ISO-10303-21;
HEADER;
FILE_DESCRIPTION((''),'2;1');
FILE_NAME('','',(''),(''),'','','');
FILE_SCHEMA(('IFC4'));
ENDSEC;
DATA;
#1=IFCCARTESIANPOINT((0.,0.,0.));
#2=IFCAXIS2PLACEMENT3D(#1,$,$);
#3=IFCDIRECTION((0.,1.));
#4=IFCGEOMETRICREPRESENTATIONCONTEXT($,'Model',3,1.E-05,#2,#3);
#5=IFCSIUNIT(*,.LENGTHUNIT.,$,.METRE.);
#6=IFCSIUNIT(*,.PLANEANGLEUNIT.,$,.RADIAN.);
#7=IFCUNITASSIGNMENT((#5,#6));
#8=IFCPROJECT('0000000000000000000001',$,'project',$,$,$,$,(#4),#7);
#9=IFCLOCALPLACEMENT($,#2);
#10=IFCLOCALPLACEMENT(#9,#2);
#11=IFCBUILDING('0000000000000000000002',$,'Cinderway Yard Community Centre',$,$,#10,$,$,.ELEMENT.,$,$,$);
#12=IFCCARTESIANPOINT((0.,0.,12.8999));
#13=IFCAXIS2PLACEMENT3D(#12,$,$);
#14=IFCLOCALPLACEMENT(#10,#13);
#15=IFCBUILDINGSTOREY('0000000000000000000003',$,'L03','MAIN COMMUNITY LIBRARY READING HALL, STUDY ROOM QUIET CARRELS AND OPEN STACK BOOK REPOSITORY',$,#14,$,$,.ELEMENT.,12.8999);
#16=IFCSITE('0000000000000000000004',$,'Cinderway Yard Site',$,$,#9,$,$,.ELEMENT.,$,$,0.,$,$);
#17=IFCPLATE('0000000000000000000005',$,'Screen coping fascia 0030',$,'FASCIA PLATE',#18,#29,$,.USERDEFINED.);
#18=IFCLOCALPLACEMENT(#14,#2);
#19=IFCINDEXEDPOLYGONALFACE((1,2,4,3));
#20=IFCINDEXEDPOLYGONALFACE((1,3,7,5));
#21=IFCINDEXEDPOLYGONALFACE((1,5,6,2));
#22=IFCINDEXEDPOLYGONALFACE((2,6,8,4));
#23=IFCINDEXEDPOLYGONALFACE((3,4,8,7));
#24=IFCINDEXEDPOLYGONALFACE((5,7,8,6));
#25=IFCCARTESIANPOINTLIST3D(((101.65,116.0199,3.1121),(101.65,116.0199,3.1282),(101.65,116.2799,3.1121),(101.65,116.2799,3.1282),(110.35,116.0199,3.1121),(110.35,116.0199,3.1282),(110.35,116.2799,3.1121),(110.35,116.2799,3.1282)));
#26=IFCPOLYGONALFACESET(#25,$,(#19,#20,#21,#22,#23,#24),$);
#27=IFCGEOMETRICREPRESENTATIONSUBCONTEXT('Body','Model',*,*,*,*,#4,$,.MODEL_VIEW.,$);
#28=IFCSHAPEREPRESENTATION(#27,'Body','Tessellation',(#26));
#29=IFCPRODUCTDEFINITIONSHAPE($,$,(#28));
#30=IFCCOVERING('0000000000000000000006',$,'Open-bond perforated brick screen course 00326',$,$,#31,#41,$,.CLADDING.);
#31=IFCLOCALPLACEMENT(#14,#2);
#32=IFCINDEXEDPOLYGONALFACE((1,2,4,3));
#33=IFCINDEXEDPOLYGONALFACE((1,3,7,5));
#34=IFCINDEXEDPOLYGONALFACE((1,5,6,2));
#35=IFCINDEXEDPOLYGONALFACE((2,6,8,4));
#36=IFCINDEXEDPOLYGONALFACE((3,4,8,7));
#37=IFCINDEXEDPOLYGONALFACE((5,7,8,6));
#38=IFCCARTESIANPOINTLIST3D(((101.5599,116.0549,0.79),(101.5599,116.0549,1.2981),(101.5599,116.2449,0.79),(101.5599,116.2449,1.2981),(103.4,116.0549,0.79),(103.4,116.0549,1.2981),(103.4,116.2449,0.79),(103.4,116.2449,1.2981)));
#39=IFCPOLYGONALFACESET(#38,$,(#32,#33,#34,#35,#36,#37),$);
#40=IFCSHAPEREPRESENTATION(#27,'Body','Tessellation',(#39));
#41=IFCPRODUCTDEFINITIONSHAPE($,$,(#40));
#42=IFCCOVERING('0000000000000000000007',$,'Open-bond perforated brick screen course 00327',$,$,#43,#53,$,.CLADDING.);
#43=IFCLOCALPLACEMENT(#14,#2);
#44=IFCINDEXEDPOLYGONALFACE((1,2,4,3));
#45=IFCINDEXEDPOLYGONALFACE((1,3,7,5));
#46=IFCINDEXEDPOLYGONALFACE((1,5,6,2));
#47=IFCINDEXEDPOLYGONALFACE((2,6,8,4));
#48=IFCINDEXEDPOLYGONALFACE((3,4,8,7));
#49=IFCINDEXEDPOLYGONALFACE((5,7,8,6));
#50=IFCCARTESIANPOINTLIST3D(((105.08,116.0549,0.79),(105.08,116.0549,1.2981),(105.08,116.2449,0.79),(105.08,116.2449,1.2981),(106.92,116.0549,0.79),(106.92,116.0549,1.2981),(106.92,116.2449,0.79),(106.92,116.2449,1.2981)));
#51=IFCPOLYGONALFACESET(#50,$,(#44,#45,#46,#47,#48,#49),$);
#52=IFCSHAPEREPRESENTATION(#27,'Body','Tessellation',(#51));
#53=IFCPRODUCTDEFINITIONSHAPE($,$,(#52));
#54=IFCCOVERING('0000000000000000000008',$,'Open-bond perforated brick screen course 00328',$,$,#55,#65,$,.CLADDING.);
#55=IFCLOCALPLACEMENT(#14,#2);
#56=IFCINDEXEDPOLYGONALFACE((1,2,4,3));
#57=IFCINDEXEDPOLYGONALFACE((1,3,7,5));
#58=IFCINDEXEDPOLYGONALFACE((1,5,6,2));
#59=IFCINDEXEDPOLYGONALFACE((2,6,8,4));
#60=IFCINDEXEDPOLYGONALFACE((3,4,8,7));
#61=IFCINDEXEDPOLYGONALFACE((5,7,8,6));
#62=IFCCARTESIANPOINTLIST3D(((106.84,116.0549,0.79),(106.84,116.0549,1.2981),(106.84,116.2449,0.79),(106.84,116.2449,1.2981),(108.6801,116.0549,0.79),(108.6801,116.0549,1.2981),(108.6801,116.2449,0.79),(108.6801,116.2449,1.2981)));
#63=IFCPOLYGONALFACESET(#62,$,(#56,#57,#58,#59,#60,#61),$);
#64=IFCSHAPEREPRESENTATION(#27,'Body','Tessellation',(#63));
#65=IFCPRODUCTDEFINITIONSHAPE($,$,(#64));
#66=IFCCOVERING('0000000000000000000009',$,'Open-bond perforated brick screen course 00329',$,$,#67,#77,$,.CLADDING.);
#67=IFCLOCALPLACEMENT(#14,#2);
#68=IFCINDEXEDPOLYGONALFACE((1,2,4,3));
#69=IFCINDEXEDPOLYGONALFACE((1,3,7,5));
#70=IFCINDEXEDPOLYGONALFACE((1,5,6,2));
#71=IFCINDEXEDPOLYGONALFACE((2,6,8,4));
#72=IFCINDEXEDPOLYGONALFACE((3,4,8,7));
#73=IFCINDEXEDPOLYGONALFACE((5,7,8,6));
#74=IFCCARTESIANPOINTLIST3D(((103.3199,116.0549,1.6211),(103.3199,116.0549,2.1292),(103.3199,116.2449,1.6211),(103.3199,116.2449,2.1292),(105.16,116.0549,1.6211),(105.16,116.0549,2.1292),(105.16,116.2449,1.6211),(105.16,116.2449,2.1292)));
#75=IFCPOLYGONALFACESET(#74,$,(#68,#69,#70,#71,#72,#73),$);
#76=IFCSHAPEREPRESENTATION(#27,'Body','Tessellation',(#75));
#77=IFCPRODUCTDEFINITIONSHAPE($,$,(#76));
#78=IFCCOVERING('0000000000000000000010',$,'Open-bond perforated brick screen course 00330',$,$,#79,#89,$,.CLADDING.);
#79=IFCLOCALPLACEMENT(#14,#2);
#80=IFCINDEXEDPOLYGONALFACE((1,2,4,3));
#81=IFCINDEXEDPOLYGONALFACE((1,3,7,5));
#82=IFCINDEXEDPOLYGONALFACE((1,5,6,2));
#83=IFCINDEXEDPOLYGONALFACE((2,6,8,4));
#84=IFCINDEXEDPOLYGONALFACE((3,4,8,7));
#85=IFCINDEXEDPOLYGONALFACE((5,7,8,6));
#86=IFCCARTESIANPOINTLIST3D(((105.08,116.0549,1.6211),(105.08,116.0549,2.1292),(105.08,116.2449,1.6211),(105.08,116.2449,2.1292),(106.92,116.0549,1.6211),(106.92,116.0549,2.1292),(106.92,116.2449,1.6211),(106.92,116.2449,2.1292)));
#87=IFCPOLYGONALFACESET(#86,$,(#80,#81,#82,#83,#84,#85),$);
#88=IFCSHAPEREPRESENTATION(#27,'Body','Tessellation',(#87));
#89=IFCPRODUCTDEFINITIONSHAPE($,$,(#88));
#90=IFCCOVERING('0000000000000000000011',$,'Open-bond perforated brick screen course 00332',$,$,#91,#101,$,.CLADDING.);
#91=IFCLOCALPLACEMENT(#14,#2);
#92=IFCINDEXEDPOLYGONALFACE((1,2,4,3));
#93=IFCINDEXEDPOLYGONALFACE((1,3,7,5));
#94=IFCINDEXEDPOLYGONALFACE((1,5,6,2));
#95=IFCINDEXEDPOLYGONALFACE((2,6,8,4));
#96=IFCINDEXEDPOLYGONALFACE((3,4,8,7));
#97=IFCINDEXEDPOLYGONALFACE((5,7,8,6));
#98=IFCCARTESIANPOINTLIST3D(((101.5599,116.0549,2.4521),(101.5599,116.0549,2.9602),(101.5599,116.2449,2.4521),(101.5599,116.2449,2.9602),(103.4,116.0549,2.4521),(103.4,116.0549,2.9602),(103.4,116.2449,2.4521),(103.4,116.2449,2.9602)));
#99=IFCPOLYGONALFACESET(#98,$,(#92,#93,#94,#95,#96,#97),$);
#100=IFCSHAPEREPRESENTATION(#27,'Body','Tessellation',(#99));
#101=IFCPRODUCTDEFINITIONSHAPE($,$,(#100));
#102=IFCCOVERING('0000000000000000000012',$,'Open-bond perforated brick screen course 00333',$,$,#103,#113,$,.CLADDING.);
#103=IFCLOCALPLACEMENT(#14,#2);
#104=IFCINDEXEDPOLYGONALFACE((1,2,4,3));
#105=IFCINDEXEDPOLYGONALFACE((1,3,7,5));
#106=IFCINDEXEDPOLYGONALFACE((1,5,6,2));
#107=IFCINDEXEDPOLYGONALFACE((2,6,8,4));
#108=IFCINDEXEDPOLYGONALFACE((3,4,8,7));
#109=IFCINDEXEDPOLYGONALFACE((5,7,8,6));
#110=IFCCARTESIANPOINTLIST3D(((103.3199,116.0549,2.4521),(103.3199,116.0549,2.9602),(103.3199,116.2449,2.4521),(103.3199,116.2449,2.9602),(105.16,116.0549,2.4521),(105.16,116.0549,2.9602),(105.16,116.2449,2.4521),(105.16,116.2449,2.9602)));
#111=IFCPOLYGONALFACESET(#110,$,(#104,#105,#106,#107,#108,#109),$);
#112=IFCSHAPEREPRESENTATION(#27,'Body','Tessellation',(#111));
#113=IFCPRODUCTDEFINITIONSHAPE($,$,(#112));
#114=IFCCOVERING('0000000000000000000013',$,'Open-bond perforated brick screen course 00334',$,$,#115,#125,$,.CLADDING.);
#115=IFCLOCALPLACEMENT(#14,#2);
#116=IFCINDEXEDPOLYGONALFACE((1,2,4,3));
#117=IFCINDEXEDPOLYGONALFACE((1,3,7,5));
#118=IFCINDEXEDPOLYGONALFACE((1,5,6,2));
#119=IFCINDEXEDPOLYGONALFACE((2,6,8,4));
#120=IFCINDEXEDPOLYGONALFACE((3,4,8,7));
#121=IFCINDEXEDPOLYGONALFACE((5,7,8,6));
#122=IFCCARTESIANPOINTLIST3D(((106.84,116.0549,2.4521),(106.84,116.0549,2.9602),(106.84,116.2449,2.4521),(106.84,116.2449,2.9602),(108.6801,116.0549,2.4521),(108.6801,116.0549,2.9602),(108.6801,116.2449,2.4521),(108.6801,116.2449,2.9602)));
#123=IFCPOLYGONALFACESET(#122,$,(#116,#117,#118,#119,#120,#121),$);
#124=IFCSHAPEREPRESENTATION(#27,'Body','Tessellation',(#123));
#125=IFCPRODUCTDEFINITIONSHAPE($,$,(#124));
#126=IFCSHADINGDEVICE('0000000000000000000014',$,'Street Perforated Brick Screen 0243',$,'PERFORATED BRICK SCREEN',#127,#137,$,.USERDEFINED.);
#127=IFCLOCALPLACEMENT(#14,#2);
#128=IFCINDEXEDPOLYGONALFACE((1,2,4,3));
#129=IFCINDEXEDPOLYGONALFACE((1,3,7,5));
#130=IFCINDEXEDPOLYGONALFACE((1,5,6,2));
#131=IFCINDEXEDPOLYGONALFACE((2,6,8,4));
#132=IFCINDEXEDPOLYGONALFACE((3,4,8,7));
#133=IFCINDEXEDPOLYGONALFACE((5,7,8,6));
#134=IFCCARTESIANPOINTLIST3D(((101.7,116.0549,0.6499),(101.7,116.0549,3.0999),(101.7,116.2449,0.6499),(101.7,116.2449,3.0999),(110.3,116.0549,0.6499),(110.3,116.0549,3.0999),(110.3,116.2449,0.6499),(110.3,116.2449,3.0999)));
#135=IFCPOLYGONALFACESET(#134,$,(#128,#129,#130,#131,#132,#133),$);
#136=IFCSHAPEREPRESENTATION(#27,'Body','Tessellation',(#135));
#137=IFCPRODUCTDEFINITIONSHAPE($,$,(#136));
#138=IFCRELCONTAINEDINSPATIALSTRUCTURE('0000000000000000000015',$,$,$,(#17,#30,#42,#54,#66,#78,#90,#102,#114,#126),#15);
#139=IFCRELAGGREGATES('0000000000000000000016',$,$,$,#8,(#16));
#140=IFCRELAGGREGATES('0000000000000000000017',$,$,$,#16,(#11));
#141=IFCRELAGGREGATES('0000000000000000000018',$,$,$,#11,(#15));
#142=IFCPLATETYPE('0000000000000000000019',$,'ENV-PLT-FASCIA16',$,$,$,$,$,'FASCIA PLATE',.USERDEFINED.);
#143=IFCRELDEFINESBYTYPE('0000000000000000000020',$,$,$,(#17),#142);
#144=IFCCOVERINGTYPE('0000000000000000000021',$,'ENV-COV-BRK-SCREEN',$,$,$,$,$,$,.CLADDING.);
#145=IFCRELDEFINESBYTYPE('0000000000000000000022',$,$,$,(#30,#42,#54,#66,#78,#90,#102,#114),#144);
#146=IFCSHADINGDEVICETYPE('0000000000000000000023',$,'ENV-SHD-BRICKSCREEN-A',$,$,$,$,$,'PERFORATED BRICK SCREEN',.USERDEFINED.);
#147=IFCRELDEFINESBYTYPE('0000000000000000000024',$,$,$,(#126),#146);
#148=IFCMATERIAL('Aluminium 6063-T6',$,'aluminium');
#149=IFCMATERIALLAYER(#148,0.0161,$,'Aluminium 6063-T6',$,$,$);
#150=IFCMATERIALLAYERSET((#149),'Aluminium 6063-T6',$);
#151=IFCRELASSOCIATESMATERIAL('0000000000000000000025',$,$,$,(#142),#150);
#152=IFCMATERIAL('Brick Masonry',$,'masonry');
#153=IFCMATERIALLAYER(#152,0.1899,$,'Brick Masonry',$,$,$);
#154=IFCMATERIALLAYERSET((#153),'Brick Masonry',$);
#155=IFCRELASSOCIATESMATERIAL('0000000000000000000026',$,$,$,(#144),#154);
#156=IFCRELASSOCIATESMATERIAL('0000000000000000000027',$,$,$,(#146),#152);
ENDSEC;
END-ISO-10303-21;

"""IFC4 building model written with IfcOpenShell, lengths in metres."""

from ifc_helpers import new_model, si_unit, direction, frame, origin, origin_2d, place, context, subcontext, project, spatial, rectangle, extrude, material, layer, layer_set, type_object, element, save


model = new_model("IFC4")

# Units and contexts
model_context = context("Model", 3, precision=1e-05, world=origin(), true_north=direction((0.0, 1.0)))
body_context = subcontext(model_context, "Body", "Model", "MODEL_VIEW")
ifc_project = project(units=[si_unit("LENGTHUNIT", "METRE"), si_unit("PLANEANGLEUNIT", "RADIAN")], contexts=[model_context])

# Site, building, storey
site_placement = place(None, origin())
site = spatial("IfcSite", under=ifc_project, at=site_placement, Name="Cinderway Yard Site", CompositionType="ELEMENT", RefElevation=0.0)
building_placement = place(site_placement, origin())
building = spatial("IfcBuilding", under=site, at=building_placement, Name="Cinderway Yard Community Centre", CompositionType="ELEMENT")
storey_placement = place(building_placement, frame((0.0, 0.0, 12.8999)))
storey = spatial("IfcBuildingStorey", under=building, at=storey_placement, Name="L03", Description="MAIN COMMUNITY LIBRARY READING HALL, STUDY ROOM QUIET CARRELS AND OPEN STACK BOOK REPOSITORY", CompositionType="ELEMENT", Elevation=12.8999)

# Shared definitions
ifc_material_1 = material(Name="Aluminium 6063-T6", Category="aluminium")

# Plate
ifc_layer_1 = layer(ifc_material_1, 0.0161, Name="Aluminium 6063-T6")
ifc_layer_set_1 = layer_set([ifc_layer_1], Name="Aluminium 6063-T6")
plate_type = type_object("IfcPlateType", Name="ENV-PLT-FASCIA16", ElementType="FASCIA PLATE", PredefinedType="USERDEFINED", material=ifc_layer_set_1)
plate_placement = place(storey_placement, frame((106.0, 116.1499, 3.1121), z_axis=(0.0, 0.0, 1.0), x_axis=(1.0, 0.0, 0.0)))
element("IfcPlate", 1, at=plate_placement, inside=storey, type_object=plate_type, Name="Screen coping fascia 0030", ObjectType="FASCIA PLATE", PredefinedType="USERDEFINED", context=body_context, shape_type="SweptSolid", body=[
    extrude(rectangle(XDim=8.7, YDim=0.26, at=origin_2d()), origin(), (0.0, 0.0, 1.0), 0.0161),
])

# Coverings
ifc_material_2 = material(Name="Brick Masonry", Category="masonry")
ifc_layer_2 = layer(ifc_material_2, 0.1899, Name="Brick Masonry")
ifc_layer_set_2 = layer_set([ifc_layer_2], Name="Brick Masonry")
covering_type = type_object("IfcCoveringType", Name="ENV-COV-BRK-SCREEN", PredefinedType="CLADDING", material=ifc_layer_set_2)
for number, where, z_axis, x_axis, name in (
    (2, (102.48, 116.1499, 0.79), (0.0, 0.0, 1.0), (1.0, 0.0, 0.0), "Open-bond perforated brick screen course 00326"),
    (3, (106.0, 116.1499, 0.79), (0.0, 0.0, 1.0), (1.0, 0.0, 0.0), "Open-bond perforated brick screen course 00327"),
    (4, (107.76, 116.1499, 0.79), (0.0, 0.0, 1.0), (1.0, 0.0, 0.0), "Open-bond perforated brick screen course 00328"),
    (5, (104.24, 116.1499, 1.6211), (0.0, 0.0, 1.0), (1.0, 0.0, 0.0), "Open-bond perforated brick screen course 00329"),
    (6, (106.0, 116.1499, 1.6211), (0.0, 0.0, 1.0), (1.0, 0.0, 0.0), "Open-bond perforated brick screen course 00330"),
    (7, (102.48, 116.1499, 2.4521), (0.0, 0.0, 1.0), (1.0, 0.0, 0.0), "Open-bond perforated brick screen course 00332"),
    (8, (104.24, 116.1499, 2.4521), (0.0, 0.0, 1.0), (1.0, 0.0, 0.0), "Open-bond perforated brick screen course 00333"),
    (9, (107.76, 116.1499, 2.4521), (0.0, 0.0, 1.0), (1.0, 0.0, 0.0), "Open-bond perforated brick screen course 00334"),
):
    element("IfcCovering", number, at=place(storey_placement, frame(where, z_axis=z_axis, x_axis=x_axis)), inside=storey, type_object=covering_type, Name=name, PredefinedType="CLADDING", context=body_context, shape_type="SweptSolid", body=[
        extrude(rectangle(XDim=1.8401, YDim=0.1899, at=origin_2d()), origin(), (0.0, 0.0, 1.0), 0.5081),
    ])

# Shading device
shading_device_type = type_object("IfcShadingDeviceType", Name="ENV-SHD-BRICKSCREEN-A", ElementType="PERFORATED BRICK SCREEN", PredefinedType="USERDEFINED", material=ifc_material_2)
shading_device_placement = place(storey_placement, frame((106.0, 116.1499, 0.6499), z_axis=(0.0, 0.0, 1.0), x_axis=(1.0, 0.0, 0.0)))
element("IfcShadingDevice", 10, at=shading_device_placement, inside=storey, type_object=shading_device_type, Name="Street Perforated Brick Screen 0243", ObjectType="PERFORATED BRICK SCREEN", PredefinedType="USERDEFINED", context=body_context, shape_type="SweptSolid", body=[
    extrude(rectangle(XDim=8.6001, YDim=0.1899, at=origin_2d()), origin(), (0.0, 0.0, 1.0), 2.45),
])

save(model, "model.ifc")
